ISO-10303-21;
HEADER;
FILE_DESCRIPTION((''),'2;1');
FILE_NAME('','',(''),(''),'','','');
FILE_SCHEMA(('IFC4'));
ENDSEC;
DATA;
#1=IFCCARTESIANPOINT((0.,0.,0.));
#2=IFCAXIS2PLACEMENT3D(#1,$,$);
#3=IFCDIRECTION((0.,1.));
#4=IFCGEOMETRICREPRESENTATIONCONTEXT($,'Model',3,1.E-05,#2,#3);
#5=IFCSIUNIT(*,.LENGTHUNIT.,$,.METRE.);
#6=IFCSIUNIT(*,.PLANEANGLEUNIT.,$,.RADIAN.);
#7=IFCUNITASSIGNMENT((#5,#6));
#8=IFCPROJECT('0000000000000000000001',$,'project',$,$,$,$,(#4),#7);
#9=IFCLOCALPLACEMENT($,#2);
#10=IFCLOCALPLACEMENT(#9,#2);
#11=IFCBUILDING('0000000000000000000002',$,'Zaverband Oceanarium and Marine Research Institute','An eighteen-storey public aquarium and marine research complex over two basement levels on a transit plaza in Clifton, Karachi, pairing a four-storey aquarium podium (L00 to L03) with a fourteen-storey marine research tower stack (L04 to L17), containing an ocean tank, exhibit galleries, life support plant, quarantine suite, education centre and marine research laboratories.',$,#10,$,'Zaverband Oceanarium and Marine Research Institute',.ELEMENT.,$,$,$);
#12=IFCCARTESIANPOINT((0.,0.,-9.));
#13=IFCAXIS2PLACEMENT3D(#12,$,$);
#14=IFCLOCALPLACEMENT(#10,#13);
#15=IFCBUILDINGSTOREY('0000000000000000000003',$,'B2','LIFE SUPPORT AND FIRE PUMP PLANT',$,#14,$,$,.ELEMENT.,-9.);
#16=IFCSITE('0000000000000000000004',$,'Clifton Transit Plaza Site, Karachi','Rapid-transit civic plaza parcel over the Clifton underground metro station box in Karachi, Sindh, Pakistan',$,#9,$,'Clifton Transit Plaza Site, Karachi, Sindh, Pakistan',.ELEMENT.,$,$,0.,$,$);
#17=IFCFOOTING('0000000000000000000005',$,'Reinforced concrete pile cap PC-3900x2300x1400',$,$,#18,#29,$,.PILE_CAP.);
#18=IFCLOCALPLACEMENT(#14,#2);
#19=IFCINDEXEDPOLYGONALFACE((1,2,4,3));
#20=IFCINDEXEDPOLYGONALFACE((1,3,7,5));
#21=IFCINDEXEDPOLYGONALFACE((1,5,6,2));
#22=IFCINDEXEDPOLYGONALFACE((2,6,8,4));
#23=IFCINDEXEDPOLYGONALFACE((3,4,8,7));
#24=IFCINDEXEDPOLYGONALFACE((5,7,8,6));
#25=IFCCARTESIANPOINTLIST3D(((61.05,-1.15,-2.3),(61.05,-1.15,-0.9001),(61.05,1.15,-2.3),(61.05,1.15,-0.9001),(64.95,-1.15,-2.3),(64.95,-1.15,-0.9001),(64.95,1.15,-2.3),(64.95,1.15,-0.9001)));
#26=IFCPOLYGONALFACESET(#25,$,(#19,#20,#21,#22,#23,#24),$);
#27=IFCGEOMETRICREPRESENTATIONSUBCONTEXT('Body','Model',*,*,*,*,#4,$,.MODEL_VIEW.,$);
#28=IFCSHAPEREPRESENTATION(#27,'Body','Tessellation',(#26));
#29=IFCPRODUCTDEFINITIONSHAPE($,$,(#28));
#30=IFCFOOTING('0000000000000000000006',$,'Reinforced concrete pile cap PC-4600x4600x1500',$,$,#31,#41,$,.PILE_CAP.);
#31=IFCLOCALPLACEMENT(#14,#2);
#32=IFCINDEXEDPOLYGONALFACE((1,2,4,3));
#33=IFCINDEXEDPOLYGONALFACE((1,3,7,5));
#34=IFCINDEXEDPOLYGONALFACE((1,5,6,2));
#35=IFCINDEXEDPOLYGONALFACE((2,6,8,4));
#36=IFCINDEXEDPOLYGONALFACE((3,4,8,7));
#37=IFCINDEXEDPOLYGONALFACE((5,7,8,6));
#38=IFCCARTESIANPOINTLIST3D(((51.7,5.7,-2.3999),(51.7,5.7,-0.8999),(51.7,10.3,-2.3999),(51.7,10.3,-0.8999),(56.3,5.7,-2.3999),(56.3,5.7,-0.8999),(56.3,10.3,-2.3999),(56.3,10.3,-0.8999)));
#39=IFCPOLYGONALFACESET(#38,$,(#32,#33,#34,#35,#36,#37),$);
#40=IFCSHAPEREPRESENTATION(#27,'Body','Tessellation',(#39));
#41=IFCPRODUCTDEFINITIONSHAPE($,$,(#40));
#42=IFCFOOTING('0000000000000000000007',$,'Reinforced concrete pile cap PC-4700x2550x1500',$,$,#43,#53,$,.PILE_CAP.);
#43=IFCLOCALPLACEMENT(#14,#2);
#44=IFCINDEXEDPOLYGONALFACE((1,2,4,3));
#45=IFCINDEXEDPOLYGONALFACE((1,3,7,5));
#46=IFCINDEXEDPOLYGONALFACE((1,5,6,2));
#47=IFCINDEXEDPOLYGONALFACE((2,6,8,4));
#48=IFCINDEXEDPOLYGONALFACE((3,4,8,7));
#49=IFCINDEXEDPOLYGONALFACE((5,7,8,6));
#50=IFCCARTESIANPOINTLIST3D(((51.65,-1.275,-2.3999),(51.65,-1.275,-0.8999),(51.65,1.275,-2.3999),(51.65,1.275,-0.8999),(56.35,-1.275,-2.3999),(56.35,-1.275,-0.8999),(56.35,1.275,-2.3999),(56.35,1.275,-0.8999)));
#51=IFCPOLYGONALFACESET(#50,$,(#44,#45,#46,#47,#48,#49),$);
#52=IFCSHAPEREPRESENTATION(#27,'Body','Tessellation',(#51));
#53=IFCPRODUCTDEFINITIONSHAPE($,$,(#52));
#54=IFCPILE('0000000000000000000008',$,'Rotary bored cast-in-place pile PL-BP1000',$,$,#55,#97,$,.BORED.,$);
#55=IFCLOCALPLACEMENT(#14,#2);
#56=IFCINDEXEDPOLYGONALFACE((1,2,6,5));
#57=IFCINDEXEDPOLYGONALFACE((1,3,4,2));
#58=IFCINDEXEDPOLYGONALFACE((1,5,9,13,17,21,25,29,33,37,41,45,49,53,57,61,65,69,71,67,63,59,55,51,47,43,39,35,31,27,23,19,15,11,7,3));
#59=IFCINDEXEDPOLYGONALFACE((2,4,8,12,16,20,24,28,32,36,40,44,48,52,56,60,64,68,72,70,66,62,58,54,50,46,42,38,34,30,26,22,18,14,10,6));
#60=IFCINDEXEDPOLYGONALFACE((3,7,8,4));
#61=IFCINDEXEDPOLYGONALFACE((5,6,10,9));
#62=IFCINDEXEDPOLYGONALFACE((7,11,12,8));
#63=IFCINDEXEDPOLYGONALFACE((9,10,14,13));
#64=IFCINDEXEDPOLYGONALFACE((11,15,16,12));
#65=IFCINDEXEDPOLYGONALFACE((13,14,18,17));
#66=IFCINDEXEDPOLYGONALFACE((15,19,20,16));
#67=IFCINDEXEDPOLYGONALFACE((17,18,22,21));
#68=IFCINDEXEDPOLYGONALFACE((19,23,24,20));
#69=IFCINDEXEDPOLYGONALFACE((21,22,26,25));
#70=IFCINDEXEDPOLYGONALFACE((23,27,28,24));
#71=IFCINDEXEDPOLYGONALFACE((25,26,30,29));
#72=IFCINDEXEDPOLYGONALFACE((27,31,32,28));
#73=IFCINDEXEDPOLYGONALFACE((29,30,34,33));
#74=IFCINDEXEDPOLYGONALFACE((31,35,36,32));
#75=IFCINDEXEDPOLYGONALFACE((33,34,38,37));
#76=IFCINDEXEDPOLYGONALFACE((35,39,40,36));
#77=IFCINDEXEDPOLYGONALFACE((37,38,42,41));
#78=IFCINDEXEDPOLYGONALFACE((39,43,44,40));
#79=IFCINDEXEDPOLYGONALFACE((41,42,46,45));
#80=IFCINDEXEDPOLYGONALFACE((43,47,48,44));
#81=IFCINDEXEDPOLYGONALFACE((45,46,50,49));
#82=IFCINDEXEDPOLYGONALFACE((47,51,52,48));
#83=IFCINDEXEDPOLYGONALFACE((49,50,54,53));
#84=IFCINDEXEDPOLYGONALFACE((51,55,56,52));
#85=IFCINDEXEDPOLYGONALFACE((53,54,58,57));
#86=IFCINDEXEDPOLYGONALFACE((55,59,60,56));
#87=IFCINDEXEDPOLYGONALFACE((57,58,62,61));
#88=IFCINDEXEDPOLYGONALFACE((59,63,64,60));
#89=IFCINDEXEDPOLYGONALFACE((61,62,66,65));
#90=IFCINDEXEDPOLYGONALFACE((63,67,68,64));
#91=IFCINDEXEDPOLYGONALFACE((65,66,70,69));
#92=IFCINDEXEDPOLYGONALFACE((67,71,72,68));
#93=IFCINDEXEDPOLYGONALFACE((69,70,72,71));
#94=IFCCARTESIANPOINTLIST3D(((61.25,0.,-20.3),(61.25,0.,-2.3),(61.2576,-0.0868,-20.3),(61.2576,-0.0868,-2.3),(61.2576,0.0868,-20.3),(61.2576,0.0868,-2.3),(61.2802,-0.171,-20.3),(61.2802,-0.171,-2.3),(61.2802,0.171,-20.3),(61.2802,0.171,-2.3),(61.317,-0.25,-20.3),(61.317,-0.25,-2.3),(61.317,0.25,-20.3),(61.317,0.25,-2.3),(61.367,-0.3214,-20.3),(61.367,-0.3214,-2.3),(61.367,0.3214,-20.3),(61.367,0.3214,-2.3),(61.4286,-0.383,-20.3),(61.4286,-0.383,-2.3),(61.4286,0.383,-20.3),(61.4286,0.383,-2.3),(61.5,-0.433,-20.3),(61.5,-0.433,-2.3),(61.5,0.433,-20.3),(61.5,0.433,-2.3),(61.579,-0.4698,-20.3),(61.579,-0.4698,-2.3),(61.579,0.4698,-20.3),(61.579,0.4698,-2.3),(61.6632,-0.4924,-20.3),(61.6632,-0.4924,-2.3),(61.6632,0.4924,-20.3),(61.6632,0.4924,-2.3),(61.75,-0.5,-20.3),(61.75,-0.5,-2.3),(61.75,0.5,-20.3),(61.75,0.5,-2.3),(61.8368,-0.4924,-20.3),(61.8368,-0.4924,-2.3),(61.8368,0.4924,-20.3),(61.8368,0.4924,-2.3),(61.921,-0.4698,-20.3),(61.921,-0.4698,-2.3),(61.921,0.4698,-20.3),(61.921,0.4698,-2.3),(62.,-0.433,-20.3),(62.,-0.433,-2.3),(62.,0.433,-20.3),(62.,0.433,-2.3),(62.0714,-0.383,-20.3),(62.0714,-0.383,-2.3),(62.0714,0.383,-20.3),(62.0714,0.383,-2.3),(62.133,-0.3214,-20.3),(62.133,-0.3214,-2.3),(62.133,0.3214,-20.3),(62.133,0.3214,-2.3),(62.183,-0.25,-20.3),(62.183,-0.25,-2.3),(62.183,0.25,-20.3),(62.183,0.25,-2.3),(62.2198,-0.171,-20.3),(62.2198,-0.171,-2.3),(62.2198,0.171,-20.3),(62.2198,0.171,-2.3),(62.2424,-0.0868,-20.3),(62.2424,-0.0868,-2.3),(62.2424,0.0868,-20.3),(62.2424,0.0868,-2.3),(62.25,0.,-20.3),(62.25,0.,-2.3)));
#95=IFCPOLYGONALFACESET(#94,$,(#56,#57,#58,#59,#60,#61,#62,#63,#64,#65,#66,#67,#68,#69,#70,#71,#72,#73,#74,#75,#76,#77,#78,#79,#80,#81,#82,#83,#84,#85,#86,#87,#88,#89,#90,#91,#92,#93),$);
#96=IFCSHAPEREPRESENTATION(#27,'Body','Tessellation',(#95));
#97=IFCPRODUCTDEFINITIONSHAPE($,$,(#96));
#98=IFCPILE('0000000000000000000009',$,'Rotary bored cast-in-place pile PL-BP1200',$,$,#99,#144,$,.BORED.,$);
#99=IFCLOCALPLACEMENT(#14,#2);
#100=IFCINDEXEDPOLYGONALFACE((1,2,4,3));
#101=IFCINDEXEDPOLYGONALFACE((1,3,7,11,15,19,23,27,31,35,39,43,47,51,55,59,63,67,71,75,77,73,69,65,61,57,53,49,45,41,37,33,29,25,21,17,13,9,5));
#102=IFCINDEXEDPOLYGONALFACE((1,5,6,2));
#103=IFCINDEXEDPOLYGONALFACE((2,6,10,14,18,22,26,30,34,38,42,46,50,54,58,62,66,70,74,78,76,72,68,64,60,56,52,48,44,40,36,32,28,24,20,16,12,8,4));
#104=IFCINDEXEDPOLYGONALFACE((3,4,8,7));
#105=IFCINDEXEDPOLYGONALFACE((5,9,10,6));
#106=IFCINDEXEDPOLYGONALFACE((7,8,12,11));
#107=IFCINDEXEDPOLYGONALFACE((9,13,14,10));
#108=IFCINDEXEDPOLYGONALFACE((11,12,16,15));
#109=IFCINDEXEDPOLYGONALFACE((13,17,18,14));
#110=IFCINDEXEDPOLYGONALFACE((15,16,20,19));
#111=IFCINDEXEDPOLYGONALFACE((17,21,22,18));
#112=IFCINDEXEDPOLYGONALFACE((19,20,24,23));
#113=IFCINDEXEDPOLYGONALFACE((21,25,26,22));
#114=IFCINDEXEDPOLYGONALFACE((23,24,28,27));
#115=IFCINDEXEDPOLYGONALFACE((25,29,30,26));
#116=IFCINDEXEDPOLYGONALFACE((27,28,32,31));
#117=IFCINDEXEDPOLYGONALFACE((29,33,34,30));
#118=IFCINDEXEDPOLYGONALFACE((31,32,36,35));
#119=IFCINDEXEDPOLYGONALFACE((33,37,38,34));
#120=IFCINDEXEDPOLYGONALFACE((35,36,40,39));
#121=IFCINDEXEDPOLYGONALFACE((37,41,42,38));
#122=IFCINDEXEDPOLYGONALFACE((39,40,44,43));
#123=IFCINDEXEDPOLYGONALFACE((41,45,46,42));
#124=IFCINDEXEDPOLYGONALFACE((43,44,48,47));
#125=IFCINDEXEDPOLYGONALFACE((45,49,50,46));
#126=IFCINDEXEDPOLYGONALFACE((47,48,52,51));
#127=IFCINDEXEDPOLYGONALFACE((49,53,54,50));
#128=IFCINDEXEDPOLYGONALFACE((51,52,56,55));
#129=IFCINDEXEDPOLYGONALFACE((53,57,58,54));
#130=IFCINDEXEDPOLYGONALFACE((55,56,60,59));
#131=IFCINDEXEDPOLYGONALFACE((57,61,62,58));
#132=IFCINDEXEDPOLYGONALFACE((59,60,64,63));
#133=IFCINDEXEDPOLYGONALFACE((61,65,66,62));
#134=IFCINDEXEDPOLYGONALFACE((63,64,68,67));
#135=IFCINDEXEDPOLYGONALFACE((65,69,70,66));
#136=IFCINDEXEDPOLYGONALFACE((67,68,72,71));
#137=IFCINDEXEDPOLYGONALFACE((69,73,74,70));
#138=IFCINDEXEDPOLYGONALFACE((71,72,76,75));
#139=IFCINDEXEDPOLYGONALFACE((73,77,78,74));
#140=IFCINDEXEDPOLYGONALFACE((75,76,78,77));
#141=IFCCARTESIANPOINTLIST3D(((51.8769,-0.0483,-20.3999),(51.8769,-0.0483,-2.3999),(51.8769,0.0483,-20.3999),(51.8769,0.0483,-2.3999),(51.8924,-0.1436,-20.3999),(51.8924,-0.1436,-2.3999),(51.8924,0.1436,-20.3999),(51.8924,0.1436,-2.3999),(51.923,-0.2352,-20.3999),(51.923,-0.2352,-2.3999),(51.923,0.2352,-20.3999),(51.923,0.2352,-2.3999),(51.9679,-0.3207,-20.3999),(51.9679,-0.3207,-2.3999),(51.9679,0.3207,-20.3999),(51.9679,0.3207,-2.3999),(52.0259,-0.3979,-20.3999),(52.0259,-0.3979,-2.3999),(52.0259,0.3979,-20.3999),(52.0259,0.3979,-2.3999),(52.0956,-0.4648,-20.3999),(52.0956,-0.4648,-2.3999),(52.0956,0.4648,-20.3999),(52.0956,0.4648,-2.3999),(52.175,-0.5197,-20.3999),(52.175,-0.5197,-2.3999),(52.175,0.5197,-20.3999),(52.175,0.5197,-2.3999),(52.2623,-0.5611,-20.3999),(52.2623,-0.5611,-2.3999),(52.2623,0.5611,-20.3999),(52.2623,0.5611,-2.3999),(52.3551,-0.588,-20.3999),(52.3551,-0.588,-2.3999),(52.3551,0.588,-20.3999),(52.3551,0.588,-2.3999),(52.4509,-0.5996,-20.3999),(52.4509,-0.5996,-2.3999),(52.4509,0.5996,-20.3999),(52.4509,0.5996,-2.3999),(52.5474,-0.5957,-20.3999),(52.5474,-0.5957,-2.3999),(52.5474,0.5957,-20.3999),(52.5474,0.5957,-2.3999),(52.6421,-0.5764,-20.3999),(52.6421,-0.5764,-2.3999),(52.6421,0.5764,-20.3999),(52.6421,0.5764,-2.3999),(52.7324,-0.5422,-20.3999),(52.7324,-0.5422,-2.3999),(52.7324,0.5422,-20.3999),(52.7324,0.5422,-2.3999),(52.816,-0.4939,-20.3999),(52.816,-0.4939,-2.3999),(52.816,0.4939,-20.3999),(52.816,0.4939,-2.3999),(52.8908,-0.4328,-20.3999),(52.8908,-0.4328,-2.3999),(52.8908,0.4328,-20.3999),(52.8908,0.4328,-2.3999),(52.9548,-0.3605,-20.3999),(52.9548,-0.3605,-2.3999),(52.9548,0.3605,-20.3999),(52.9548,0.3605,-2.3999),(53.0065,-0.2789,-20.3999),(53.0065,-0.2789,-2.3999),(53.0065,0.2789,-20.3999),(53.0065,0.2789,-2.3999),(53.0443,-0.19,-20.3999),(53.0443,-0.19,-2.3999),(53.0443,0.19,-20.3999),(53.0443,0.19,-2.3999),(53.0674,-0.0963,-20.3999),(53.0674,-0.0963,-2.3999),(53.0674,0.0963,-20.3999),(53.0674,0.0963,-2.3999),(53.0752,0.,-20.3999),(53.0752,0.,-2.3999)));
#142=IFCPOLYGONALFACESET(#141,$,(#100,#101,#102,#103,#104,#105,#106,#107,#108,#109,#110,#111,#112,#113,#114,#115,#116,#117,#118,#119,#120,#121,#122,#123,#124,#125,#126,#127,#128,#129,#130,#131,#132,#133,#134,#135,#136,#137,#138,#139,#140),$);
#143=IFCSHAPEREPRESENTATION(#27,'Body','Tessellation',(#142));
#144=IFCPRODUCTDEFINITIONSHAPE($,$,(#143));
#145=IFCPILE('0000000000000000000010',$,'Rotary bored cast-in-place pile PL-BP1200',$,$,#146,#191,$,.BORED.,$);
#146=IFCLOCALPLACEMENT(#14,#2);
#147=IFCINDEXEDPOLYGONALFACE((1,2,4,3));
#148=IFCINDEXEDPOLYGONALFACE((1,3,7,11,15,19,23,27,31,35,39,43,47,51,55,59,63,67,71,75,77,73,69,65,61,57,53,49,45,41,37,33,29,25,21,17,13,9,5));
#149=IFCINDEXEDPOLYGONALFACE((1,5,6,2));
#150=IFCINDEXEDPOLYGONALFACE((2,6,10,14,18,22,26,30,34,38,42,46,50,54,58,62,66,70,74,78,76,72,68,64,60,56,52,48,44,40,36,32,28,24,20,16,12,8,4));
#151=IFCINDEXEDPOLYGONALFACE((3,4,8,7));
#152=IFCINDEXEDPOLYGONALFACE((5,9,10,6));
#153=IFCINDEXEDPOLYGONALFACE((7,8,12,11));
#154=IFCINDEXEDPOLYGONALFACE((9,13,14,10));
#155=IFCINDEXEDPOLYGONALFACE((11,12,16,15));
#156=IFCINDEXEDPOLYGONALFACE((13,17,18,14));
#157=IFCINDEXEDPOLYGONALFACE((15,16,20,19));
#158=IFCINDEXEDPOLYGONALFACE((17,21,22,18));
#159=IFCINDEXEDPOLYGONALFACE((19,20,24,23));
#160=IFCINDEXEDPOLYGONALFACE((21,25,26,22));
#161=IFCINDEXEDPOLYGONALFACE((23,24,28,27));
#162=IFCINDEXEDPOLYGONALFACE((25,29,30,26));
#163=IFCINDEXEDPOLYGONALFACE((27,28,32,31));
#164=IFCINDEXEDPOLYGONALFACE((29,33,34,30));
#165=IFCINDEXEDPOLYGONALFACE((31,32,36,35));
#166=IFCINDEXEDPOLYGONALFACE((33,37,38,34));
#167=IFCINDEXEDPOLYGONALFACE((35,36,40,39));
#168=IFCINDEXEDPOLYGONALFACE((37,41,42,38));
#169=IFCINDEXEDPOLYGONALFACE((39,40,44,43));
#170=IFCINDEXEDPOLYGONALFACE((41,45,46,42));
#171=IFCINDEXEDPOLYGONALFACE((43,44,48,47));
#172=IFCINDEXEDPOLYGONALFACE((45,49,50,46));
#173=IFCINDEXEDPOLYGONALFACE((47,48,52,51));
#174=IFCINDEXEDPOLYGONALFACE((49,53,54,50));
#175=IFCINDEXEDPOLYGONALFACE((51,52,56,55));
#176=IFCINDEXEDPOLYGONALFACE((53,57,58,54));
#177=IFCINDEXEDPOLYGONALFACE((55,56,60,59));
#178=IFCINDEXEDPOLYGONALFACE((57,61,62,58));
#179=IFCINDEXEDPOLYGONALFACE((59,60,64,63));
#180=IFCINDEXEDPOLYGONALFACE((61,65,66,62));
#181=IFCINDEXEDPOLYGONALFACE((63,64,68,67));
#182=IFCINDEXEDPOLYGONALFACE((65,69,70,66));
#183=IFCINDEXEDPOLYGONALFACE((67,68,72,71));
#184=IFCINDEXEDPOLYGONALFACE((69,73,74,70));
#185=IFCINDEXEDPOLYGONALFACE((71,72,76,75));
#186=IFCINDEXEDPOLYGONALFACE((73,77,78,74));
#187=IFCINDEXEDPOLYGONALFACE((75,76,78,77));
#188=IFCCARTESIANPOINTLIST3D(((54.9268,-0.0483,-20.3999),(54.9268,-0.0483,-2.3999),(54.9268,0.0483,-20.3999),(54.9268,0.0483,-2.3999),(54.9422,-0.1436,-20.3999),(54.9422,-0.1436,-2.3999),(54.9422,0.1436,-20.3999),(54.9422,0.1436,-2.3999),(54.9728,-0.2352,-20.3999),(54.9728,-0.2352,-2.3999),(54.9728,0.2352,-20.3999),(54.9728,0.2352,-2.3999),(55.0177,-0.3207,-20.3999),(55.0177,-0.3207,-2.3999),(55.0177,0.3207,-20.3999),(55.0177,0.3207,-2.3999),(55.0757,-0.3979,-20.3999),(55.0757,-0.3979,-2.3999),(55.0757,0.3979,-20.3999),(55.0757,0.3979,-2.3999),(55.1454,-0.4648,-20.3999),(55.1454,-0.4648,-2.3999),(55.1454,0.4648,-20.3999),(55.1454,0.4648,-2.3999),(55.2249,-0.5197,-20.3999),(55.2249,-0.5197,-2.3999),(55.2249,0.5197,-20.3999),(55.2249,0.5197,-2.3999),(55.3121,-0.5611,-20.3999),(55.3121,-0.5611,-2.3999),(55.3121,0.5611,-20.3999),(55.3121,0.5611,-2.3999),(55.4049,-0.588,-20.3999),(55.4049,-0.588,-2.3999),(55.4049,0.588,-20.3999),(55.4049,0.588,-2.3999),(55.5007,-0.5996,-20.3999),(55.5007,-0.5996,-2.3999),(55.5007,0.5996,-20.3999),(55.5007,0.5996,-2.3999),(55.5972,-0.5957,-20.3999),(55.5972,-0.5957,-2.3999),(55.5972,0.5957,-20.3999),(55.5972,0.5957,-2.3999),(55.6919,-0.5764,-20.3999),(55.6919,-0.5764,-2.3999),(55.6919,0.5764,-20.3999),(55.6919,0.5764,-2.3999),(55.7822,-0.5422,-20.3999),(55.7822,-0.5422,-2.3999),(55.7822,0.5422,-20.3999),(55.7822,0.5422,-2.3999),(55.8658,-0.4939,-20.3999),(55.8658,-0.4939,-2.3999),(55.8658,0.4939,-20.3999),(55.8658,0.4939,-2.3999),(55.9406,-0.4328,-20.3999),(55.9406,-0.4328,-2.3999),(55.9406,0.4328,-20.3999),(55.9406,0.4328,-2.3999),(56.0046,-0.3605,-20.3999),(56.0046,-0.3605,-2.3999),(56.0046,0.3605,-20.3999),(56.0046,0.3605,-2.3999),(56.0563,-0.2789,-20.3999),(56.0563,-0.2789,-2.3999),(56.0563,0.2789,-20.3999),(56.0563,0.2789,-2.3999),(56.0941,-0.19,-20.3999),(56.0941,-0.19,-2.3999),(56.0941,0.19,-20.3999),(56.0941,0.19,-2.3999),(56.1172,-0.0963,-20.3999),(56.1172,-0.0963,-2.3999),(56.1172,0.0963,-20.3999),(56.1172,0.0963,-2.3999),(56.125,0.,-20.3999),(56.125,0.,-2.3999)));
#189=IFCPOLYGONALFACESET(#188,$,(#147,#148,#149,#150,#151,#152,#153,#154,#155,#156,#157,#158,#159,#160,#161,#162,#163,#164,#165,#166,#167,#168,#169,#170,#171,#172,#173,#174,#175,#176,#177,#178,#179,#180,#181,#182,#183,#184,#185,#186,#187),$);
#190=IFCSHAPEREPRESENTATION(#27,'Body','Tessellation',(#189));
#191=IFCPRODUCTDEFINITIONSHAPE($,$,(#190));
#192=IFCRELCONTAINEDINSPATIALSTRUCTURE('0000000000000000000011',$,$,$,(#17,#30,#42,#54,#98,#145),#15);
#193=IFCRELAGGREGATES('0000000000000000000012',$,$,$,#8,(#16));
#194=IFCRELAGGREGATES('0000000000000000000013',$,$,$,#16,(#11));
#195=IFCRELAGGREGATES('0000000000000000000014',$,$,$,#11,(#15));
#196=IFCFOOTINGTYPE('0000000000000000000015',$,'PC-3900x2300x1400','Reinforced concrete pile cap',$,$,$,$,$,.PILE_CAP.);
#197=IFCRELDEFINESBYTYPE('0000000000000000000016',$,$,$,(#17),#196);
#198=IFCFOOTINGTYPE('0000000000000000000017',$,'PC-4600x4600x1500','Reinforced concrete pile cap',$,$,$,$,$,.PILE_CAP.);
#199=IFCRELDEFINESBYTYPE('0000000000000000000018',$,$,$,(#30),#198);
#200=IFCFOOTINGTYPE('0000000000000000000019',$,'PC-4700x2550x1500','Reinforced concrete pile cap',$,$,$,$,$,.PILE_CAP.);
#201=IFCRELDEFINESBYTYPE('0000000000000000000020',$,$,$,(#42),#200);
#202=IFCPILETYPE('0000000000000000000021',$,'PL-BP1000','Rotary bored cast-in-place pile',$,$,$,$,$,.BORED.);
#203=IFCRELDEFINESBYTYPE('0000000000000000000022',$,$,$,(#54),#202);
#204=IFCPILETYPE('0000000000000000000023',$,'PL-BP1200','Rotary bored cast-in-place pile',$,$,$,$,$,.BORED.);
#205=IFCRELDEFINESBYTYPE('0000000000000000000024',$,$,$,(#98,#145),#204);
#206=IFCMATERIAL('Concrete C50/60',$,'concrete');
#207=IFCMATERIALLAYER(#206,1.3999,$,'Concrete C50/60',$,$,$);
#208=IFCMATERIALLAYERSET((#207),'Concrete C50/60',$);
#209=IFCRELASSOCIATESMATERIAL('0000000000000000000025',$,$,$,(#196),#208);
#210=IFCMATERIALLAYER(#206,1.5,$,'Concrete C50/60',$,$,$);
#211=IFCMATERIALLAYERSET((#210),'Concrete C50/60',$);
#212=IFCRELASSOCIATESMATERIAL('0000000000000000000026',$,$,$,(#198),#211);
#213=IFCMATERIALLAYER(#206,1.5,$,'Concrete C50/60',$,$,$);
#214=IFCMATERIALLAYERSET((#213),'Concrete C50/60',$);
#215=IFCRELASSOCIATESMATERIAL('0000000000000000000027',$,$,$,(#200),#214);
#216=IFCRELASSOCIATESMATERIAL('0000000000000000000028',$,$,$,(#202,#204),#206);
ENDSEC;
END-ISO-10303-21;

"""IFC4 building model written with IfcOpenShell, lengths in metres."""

from ifc_helpers import new_model, si_unit, direction, frame, origin, origin_2d, place, context, subcontext, project, spatial, rectangle, circle, extrude, material, layer, layer_set, material_profile, profile_set, type_object, element, save


model = new_model("IFC4")

# Units and contexts
model_context = context("Model", 3, precision=1e-05, world=origin(), true_north=direction((0.0, 1.0)))
body_context = subcontext(model_context, "Body", "Model", "MODEL_VIEW")
ifc_project = project(units=[si_unit("LENGTHUNIT", "METRE"), si_unit("PLANEANGLEUNIT", "RADIAN")], contexts=[model_context])

# Site, building, storey
site_placement = place(None, origin())
site = spatial("IfcSite", under=ifc_project, at=site_placement, Name="Clifton Transit Plaza Site, Karachi", Description="Rapid-transit civic plaza parcel over the Clifton underground metro station box in Karachi, Sindh, Pakistan", LongName="Clifton Transit Plaza Site, Karachi, Sindh, Pakistan", CompositionType="ELEMENT", RefElevation=0.0)
building_placement = place(site_placement, origin())
building = spatial("IfcBuilding", under=site, at=building_placement, Name="Zaverband Oceanarium and Marine Research Institute", Description="An eighteen-storey public aquarium and marine research complex over two basement levels on a transit plaza in Clifton, Karachi, pairing a four-storey aquarium podium (L00 to L03) with a fourteen-storey marine research tower stack (L04 to L17), containing an ocean tank, exhibit galleries, life support plant, quarantine suite, education centre and marine research laboratories.", LongName="Zaverband Oceanarium and Marine Research Institute", CompositionType="ELEMENT")
storey_placement = place(building_placement, frame((0.0, 0.0, -9.0)))
storey = spatial("IfcBuildingStorey", under=building, at=storey_placement, Name="B2", Description="LIFE SUPPORT AND FIRE PUMP PLANT", CompositionType="ELEMENT", Elevation=-9.0)

# Footings
ifc_material_1 = material(Name="Concrete C50/60", Category="concrete")
ifc_layer_1 = layer(ifc_material_1, 1.3999, Name="Concrete C50/60")
ifc_layer_set_1 = layer_set([ifc_layer_1], Name="Concrete C50/60")
footing_type_1 = type_object("IfcFootingType", Name="PC-3900x2300x1400", Description="Reinforced concrete pile cap", PredefinedType="PILE_CAP", material=ifc_layer_set_1)
footing_1_placement = place(storey_placement, frame((63.0, 0.0, -2.3), z_axis=(0.0, 0.0, 1.0), x_axis=(1.0, 0.0, 0.0)))
element("IfcFooting", 1, at=footing_1_placement, inside=storey, type_object=footing_type_1, Name="Reinforced concrete pile cap PC-3900x2300x1400", PredefinedType="PILE_CAP", context=body_context, shape_type="SweptSolid", body=[
    extrude(rectangle(XDim=3.8999, YDim=2.3, at=origin_2d()), origin(), (0.0, 0.0, 1.0), 1.3999),
])
ifc_layer_2 = layer(ifc_material_1, 1.5, Name="Concrete C50/60")
ifc_layer_set_2 = layer_set([ifc_layer_2], Name="Concrete C50/60")
footing_type_2 = type_object("IfcFootingType", Name="PC-4600x4600x1500", Description="Reinforced concrete pile cap", PredefinedType="PILE_CAP", material=ifc_layer_set_2)
footing_2_placement = place(storey_placement, frame((54.0, 8.0, -2.3999), z_axis=(0.0, 0.0, 1.0), x_axis=(1.0, 0.0, 0.0)))
element("IfcFooting", 2, at=footing_2_placement, inside=storey, type_object=footing_type_2, Name="Reinforced concrete pile cap PC-4600x4600x1500", PredefinedType="PILE_CAP", context=body_context, shape_type="SweptSolid", body=[
    extrude(rectangle(XDim=4.6001, YDim=4.6001, at=origin_2d()), origin(), (0.0, 0.0, 1.0), 1.5),
])
ifc_layer_3 = layer(ifc_material_1, 1.5, Name="Concrete C50/60")
ifc_layer_set_3 = layer_set([ifc_layer_3], Name="Concrete C50/60")
footing_type_3 = type_object("IfcFootingType", Name="PC-4700x2550x1500", Description="Reinforced concrete pile cap", PredefinedType="PILE_CAP", material=ifc_layer_set_3)
footing_3_placement = place(storey_placement, frame((54.0, 0.0, -2.3999), z_axis=(0.0, 0.0, 1.0), x_axis=(1.0, 0.0, 0.0)))
element("IfcFooting", 3, at=footing_3_placement, inside=storey, type_object=footing_type_3, Name="Reinforced concrete pile cap PC-4700x2550x1500", PredefinedType="PILE_CAP", context=body_context, shape_type="SweptSolid", body=[
    extrude(rectangle(XDim=4.7, YDim=2.55, at=origin_2d()), origin(), (0.0, 0.0, 1.0), 1.5),
])

# Piles
ifc_material_profile_1 = material_profile(ifc_material_1, circle(Radius=0.5, at=origin_2d()), Name="BP1000")
ifc_profile_set_1 = profile_set([ifc_material_profile_1], Name="Concrete C50/60")
pile_type_1 = type_object("IfcPileType", Name="PL-BP1000", Description="Rotary bored cast-in-place pile", PredefinedType="BORED", material=ifc_profile_set_1)
pile_placement = place(storey_placement, frame((61.75, 0.0, -2.3), z_axis=(0.0, 0.0, -1.0), x_axis=(1.0, 0.0, 0.0)))
element("IfcPile", 4, at=pile_placement, inside=storey, type_object=pile_type_1, Name="Rotary bored cast-in-place pile PL-BP1000", PredefinedType="BORED", context=body_context, shape_type="SweptSolid", body=[
    extrude(circle(Radius=0.5, at=origin_2d()), origin(), (0.0, 0.0, 1.0), 18.0),
])
ifc_material_profile_2 = material_profile(ifc_material_1, circle(Radius=0.6001, at=origin_2d()), Name="BP1200")
ifc_profile_set_2 = profile_set([ifc_material_profile_2], Name="Concrete C50/60")
pile_type_2 = type_object("IfcPileType", Name="PL-BP1200", Description="Rotary bored cast-in-place pile", PredefinedType="BORED", material=ifc_profile_set_2)
for number, where, z_axis, x_axis, name in (
    (5, (52.4751, 0.0, -2.3999), (0.0, 0.0, -1.0), (1.0, 0.0, 0.0), "Rotary bored cast-in-place pile PL-BP1200"),
    (6, (55.5249, 0.0, -2.3999), (0.0, 0.0, -1.0), (1.0, 0.0, 0.0), "Rotary bored cast-in-place pile PL-BP1200"),
):
    element("IfcPile", number, at=place(storey_placement, frame(where, z_axis=z_axis, x_axis=x_axis)), inside=storey, type_object=pile_type_2, Name=name, PredefinedType="BORED", context=body_context, shape_type="SweptSolid", body=[
        extrude(circle(Radius=0.6001, at=origin_2d()), origin(), (0.0, 0.0, 1.0), 18.0),
    ])

save(model, "model.ifc")
